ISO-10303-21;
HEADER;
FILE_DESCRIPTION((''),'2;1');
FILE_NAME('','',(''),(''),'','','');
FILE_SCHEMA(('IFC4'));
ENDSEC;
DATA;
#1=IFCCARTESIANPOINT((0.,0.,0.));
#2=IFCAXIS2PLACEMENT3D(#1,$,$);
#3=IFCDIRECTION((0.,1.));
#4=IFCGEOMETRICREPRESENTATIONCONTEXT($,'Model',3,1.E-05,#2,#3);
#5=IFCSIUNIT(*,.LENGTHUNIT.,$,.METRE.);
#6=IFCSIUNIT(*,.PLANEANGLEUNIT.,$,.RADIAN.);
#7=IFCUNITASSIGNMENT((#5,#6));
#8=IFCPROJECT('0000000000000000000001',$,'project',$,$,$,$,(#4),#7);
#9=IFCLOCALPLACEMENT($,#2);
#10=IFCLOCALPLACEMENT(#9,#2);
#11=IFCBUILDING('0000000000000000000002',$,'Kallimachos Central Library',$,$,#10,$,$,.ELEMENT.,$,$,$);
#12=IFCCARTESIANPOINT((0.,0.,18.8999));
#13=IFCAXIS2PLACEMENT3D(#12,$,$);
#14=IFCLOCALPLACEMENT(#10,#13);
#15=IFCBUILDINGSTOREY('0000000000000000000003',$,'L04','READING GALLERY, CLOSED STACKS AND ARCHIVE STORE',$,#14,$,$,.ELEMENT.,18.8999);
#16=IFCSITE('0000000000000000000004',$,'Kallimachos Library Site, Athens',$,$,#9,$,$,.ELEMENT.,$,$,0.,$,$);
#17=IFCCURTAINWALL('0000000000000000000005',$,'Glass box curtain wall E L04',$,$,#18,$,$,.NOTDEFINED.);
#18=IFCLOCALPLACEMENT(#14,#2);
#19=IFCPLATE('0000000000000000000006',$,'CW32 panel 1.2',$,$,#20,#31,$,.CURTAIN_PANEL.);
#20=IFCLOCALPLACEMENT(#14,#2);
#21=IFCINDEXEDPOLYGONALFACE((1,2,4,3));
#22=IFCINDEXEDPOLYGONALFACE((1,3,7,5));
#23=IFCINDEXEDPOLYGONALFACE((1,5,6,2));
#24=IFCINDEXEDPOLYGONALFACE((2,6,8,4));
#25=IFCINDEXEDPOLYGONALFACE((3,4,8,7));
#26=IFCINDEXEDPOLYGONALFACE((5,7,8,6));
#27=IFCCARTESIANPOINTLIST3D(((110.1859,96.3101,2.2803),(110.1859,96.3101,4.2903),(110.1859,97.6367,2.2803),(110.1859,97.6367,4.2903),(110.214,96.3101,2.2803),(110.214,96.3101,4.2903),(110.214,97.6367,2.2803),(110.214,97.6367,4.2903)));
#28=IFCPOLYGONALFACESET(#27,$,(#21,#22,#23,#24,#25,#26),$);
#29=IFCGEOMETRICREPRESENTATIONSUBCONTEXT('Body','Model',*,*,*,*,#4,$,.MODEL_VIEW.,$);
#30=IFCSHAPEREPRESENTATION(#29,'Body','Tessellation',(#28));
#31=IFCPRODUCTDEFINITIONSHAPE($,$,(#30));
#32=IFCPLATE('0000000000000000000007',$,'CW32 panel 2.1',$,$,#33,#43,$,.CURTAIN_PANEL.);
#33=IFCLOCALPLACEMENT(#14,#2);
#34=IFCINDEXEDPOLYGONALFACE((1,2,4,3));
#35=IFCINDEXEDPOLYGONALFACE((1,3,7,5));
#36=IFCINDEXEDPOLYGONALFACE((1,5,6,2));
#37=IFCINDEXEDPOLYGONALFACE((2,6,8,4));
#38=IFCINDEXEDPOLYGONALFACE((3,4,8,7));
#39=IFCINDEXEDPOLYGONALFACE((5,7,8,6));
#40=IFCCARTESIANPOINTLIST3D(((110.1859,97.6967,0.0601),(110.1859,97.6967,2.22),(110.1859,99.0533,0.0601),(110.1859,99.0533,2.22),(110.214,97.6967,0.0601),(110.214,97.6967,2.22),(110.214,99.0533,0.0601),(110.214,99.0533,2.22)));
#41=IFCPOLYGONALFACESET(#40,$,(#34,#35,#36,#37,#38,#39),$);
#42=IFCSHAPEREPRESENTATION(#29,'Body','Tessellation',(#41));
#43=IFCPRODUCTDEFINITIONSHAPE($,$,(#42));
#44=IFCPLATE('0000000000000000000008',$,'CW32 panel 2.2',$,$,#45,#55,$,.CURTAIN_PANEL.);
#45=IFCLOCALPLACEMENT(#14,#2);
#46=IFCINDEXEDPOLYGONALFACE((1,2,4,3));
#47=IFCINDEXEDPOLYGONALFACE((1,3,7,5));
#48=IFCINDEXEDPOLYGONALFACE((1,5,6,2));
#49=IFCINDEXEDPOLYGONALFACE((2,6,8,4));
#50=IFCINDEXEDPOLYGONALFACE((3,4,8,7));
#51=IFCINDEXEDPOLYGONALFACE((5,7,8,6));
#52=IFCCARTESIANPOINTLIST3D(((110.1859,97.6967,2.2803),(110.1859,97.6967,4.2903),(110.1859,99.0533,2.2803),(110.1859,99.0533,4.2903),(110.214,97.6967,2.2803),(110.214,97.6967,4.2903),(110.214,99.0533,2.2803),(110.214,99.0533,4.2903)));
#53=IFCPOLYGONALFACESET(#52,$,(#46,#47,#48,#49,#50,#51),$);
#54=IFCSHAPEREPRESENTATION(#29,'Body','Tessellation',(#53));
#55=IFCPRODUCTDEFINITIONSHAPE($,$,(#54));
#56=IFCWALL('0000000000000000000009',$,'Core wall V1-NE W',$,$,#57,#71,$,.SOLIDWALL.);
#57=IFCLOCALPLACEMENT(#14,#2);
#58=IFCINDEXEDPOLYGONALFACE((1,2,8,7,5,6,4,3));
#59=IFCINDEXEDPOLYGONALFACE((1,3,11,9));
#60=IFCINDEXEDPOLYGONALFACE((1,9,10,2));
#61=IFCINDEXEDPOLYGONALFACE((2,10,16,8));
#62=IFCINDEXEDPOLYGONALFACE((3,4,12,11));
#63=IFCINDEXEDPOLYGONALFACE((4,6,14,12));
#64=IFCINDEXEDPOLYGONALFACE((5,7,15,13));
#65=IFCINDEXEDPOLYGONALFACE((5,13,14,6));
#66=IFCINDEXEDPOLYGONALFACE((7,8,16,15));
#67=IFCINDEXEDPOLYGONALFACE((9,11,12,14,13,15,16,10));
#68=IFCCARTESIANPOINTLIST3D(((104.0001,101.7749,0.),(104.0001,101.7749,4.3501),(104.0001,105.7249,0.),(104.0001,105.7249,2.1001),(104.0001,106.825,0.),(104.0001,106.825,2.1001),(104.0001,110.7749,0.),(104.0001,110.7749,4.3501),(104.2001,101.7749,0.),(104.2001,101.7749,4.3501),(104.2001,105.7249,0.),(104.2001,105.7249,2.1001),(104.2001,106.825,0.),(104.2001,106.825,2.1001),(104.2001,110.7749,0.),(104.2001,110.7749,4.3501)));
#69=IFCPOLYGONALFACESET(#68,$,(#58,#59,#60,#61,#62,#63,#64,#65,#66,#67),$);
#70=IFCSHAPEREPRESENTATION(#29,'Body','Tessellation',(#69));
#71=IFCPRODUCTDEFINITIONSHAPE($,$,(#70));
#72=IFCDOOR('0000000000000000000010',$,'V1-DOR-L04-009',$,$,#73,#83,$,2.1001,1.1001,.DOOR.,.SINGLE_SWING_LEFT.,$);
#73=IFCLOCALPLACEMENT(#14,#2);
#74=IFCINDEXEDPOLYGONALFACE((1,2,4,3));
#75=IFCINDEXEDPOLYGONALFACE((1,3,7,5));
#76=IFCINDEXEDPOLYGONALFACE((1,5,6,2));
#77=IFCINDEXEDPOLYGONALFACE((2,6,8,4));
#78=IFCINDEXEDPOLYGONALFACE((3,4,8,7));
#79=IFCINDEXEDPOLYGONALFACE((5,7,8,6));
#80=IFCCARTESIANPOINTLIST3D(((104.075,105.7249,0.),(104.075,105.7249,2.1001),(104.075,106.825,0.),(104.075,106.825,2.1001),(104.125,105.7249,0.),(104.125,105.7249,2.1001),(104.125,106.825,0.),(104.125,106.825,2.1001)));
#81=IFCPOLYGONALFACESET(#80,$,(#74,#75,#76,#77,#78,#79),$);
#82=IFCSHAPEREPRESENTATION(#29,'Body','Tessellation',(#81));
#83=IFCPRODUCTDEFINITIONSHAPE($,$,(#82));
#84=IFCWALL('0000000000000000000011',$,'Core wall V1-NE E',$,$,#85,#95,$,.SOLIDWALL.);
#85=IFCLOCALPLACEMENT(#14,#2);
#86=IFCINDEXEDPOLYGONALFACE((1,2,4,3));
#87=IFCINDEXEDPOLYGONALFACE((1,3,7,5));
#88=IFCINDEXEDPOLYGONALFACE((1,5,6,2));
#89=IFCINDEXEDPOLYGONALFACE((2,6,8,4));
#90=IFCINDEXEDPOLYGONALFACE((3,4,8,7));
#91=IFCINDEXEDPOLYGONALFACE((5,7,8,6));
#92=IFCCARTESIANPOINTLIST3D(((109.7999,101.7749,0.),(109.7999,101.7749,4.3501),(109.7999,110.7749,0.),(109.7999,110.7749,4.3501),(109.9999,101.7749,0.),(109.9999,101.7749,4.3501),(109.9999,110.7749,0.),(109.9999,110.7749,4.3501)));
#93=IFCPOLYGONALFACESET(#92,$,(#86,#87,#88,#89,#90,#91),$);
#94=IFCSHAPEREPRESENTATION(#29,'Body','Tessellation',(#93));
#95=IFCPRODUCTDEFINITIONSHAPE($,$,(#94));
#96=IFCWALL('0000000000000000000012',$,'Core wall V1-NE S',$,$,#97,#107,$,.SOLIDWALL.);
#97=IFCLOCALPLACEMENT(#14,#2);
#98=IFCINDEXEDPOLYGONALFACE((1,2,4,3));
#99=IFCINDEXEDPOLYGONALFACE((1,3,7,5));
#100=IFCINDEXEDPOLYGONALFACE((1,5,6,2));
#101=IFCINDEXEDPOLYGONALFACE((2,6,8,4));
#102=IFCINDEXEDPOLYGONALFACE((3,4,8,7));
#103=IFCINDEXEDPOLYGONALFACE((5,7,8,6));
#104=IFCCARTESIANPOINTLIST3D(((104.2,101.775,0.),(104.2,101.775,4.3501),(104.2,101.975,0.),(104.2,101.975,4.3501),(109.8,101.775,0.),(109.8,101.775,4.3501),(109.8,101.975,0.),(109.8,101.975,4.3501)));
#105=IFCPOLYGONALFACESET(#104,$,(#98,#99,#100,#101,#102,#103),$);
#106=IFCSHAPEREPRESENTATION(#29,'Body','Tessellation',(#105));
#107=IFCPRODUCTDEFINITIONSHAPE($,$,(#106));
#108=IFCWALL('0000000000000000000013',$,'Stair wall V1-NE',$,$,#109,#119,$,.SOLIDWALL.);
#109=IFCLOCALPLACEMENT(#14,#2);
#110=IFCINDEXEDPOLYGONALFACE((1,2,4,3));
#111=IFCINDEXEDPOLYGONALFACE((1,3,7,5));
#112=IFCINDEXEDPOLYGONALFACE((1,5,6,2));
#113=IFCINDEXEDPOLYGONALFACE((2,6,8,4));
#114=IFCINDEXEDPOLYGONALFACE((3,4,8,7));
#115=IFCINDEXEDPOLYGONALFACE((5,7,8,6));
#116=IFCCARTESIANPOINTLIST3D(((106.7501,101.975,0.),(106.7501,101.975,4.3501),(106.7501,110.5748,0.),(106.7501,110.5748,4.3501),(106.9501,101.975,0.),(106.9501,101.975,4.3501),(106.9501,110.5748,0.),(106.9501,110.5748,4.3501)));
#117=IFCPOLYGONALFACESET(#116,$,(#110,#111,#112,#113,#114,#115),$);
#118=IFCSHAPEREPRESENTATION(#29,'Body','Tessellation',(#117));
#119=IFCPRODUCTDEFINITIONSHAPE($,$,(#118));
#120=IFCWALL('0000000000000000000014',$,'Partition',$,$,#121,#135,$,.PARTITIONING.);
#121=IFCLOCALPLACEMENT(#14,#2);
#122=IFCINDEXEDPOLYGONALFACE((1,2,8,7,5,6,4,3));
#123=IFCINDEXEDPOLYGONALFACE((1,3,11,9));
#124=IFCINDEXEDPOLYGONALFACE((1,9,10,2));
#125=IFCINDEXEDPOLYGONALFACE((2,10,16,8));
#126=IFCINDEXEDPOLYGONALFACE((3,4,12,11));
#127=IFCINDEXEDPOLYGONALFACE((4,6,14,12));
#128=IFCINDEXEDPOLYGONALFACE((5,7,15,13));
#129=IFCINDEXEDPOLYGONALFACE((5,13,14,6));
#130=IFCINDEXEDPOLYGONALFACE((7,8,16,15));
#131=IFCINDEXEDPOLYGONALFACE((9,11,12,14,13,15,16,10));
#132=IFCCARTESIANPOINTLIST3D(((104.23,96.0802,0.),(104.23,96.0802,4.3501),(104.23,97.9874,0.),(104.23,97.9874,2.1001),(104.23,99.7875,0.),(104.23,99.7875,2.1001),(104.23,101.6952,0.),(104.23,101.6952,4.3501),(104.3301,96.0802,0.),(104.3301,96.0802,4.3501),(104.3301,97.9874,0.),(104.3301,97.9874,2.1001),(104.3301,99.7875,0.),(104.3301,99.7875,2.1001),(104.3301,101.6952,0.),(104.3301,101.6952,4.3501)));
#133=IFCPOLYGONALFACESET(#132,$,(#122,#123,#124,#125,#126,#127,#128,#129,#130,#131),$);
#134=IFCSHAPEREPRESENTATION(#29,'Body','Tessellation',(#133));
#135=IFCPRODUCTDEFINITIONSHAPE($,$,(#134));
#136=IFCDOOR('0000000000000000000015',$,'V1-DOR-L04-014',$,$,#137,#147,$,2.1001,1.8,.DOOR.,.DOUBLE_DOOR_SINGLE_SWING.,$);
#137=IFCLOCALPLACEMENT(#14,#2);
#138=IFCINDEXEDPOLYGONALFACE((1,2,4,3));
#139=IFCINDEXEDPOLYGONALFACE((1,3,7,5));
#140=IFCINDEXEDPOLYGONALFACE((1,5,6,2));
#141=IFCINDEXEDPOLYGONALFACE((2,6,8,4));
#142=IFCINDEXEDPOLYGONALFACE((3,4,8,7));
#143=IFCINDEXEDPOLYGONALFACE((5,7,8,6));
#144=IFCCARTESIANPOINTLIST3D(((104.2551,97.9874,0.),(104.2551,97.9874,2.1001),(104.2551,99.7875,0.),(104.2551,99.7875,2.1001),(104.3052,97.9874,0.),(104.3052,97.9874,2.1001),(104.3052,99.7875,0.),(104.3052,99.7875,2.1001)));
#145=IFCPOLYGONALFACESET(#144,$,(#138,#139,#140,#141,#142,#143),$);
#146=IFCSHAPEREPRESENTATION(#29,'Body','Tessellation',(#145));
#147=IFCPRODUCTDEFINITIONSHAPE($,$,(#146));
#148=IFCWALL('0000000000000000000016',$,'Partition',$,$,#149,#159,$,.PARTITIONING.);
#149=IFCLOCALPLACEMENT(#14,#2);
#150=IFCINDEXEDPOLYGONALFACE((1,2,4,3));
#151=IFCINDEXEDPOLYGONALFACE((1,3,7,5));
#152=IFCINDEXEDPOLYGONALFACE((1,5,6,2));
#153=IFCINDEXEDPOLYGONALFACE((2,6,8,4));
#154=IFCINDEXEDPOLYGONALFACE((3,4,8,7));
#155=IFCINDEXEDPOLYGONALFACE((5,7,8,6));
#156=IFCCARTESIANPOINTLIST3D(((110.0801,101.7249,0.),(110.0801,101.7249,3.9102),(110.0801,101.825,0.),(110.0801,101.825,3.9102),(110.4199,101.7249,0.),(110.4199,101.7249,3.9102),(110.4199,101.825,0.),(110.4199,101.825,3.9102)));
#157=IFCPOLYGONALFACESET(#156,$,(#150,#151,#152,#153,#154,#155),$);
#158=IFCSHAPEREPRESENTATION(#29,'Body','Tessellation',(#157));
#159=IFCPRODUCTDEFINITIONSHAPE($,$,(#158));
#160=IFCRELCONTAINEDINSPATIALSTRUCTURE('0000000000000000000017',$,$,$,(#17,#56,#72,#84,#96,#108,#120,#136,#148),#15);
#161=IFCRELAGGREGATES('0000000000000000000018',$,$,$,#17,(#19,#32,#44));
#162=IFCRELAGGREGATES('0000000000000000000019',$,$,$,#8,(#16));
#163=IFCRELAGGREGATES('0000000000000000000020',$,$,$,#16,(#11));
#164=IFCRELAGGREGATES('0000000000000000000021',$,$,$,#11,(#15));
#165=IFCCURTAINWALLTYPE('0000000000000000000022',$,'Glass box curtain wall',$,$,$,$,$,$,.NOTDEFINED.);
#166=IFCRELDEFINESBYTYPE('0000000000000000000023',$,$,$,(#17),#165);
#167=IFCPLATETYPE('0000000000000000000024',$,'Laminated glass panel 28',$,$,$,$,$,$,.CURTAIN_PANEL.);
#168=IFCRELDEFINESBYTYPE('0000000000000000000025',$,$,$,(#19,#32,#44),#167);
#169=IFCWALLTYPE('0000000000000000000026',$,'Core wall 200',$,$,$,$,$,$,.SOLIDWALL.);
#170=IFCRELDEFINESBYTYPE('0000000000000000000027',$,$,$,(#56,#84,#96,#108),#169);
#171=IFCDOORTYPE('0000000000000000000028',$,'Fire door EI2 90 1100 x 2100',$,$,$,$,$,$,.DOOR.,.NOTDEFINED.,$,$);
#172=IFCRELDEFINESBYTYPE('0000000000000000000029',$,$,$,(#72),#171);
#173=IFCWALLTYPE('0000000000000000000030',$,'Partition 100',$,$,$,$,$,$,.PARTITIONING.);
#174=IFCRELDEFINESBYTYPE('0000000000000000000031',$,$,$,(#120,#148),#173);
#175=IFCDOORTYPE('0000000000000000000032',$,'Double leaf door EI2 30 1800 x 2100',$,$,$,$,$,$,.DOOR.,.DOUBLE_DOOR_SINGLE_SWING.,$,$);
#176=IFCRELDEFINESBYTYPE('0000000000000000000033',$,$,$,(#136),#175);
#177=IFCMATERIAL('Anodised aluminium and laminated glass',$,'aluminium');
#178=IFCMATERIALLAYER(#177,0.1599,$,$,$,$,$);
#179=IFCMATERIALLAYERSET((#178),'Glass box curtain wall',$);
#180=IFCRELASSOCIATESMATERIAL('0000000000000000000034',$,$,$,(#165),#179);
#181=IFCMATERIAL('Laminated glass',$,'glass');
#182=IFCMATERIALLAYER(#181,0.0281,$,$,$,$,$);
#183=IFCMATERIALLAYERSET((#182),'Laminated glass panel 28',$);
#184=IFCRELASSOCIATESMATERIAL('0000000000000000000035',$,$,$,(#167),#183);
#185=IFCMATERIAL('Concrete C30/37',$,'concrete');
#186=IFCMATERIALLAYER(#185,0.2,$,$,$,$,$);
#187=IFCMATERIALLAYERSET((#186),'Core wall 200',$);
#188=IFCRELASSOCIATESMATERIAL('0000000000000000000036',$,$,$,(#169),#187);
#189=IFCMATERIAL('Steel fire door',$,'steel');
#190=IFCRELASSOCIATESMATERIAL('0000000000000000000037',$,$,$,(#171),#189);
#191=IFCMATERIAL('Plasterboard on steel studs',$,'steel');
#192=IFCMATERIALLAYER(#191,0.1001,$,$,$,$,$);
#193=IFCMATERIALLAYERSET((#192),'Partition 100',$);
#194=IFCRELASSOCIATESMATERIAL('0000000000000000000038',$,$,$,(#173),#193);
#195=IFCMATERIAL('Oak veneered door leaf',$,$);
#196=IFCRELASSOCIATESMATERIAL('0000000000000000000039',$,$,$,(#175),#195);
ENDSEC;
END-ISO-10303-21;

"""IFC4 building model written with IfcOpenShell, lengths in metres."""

from ifc_helpers import new_model, si_unit, direction, frame, frame_2d, origin, origin_2d, place, context, subcontext, project, spatial, rectangle, extrude, material, layer, layer_set, type_object, element, fill, aggregate, save


model = new_model("IFC4")

# Units and contexts
model_context = context("Model", 3, precision=1e-05, world=origin(), true_north=direction((0.0, 1.0)))
body_context = subcontext(model_context, "Body", "Model", "MODEL_VIEW")
ifc_project = project(units=[si_unit("LENGTHUNIT", "METRE"), si_unit("PLANEANGLEUNIT", "RADIAN")], contexts=[model_context])

# Site, building, storey
site_placement = place(None, origin())
site = spatial("IfcSite", under=ifc_project, at=site_placement, Name="Kallimachos Library Site, Athens", CompositionType="ELEMENT", RefElevation=0.0)
building_placement = place(site_placement, origin())
building = spatial("IfcBuilding", under=site, at=building_placement, Name="Kallimachos Central Library", CompositionType="ELEMENT")
storey_placement = place(building_placement, frame((0.0, 0.0, 18.8999)))
storey = spatial("IfcBuildingStorey", under=building, at=storey_placement, Name="L04", Description="READING GALLERY, CLOSED STACKS AND ARCHIVE STORE", CompositionType="ELEMENT", Elevation=18.8999)

# Curtain wall
ifc_material_1 = material(Name="Anodised aluminium and laminated glass", Category="aluminium")
ifc_layer_1 = layer(ifc_material_1, 0.1599)
ifc_layer_set_1 = layer_set([ifc_layer_1], Name="Glass box curtain wall")
curtain_wall_type = type_object("IfcCurtainWallType", Name="Glass box curtain wall", PredefinedType="NOTDEFINED", material=ifc_layer_set_1)
curtain_wall_placement = place(storey_placement, origin())
curtain_wall = element("IfcCurtainWall", 1, at=curtain_wall_placement, inside=storey, type_object=curtain_wall_type, Name="Glass box curtain wall E L04", PredefinedType="NOTDEFINED")

# Plates
ifc_material_2 = material(Name="Laminated glass", Category="glass")
ifc_layer_2 = layer(ifc_material_2, 0.0281)
ifc_layer_set_2 = layer_set([ifc_layer_2], Name="Laminated glass panel 28")
plate_type = type_object("IfcPlateType", Name="Laminated glass panel 28", PredefinedType="CURTAIN_PANEL", material=ifc_layer_set_2)
plate_1_placement = place(storey_placement, frame((110.2, 96.9734, 2.2803), z_axis=(0.0, 0.0, 1.0), x_axis=(0.0, 1.0, 0.0)))
plate_1 = element("IfcPlate", 2, at=plate_1_placement, type_object=plate_type, Name="CW32 panel 1.2", PredefinedType="CURTAIN_PANEL", context=body_context, shape_type="SweptSolid", body=[
    extrude(rectangle(XDim=1.3267, YDim=0.0281, at=origin_2d()), origin(), (0.0, 0.0, 1.0), 2.01),
])
plate_2_placement = place(storey_placement, frame((110.2, 98.375, 0.0601), z_axis=(0.0, 0.0, 1.0), x_axis=(0.0, 1.0, 0.0)))
plate_2 = element("IfcPlate", 3, at=plate_2_placement, type_object=plate_type, Name="CW32 panel 2.1", PredefinedType="CURTAIN_PANEL", context=body_context, shape_type="SweptSolid", body=[
    extrude(rectangle(XDim=1.3567, YDim=0.0281, at=origin_2d()), origin(), (0.0, 0.0, 1.0), 2.1599),
])
plate_3_placement = place(storey_placement, frame((110.2, 98.375, 2.2803), z_axis=(0.0, 0.0, 1.0), x_axis=(0.0, 1.0, 0.0)))
plate_3 = element("IfcPlate", 4, at=plate_3_placement, type_object=plate_type, Name="CW32 panel 2.2", PredefinedType="CURTAIN_PANEL", context=body_context, shape_type="SweptSolid", body=[
    extrude(rectangle(XDim=1.3567, YDim=0.0281, at=origin_2d()), origin(), (0.0, 0.0, 1.0), 2.01),
])
aggregate(curtain_wall, [plate_1, plate_2, plate_3])

# Wall, opening, door
ifc_material_3 = material(Name="Concrete C30/37", Category="concrete")
ifc_layer_3 = layer(ifc_material_3, 0.2)
ifc_layer_set_3 = layer_set([ifc_layer_3], Name="Core wall 200")
wall_type_1 = type_object("IfcWallType", Name="Core wall 200", PredefinedType="SOLIDWALL", material=ifc_layer_set_3)
wall_1_placement = place(storey_placement, frame((104.1001, 101.7749, 0.0), z_axis=(0.0, 0.0, 1.0), x_axis=(0.0, 1.0, 0.0)))
wall_1 = element("IfcWall", 5, at=wall_1_placement, inside=storey, type_object=wall_type_1, Name="Core wall V1-NE W", PredefinedType="SOLIDWALL", context=body_context, shape_type="SweptSolid", body=[
    extrude(rectangle(XDim=9.0, YDim=0.2, at=frame_2d((4.5, 0.0))), origin(), (0.0, 0.0, 1.0), 4.3501),
])
opening_1_placement = place(wall_1_placement, frame((3.95, 0.0, 0.0)))
opening_1 = element("IfcOpeningElement", 6, at=opening_1_placement, cuts=wall_1, PredefinedType="OPENING", context=body_context, shape_type="SweptSolid", body=[
    extrude(rectangle(XDim=1.1001, YDim=2.1001, at=frame_2d((0.55, 1.05))), frame((0.0, 0.1099, 0.0), z_axis=(0.0, -1.0, 0.0), x_axis=(1.0, 0.0, 0.0)), (0.0, 0.0, 1.0), 0.22),
])
ifc_material_4 = material(Name="Steel fire door", Category="steel")
door_type_1 = type_object("IfcDoorType", Name="Fire door EI2 90 1100 x 2100", OperationType="NOTDEFINED", PredefinedType="DOOR", material=ifc_material_4)
door_1_placement = place(opening_1_placement, frame((1.1001, 0.0, 0.0), z_axis=(0.0, 0.0, 1.0), x_axis=(-1.0, 0.0, 0.0)))
door_1 = element("IfcDoor", 7, at=door_1_placement, inside=storey, type_object=door_type_1, Name="V1-DOR-L04-009", OperationType="SINGLE_SWING_LEFT", OverallHeight=2.1001, OverallWidth=1.1001, PredefinedType="DOOR", context=body_context, shape_type="SweptSolid", body=[
    extrude(rectangle(XDim=1.1001, YDim=2.1001, at=frame_2d((0.55, 1.05))), frame((0.0, 0.0249, 0.0), z_axis=(0.0, -1.0, 0.0), x_axis=(1.0, 0.0, 0.0)), (0.0, 0.0, 1.0), 0.05),
])
fill(opening_1, door_1)

# Walls
wall_2_placement = place(storey_placement, frame((109.8999, 101.7749, 0.0), z_axis=(0.0, 0.0, 1.0), x_axis=(0.0, 1.0, 0.0)))
element("IfcWall", 8, at=wall_2_placement, inside=storey, type_object=wall_type_1, Name="Core wall V1-NE E", PredefinedType="SOLIDWALL", context=body_context, shape_type="SweptSolid", body=[
    extrude(rectangle(XDim=9.0, YDim=0.2, at=frame_2d((4.5, 0.0))), origin(), (0.0, 0.0, 1.0), 4.3501),
])
wall_3_placement = place(storey_placement, frame((104.2, 101.875, 0.0), z_axis=(0.0, 0.0, 1.0), x_axis=(1.0, 0.0, 0.0)))
element("IfcWall", 9, at=wall_3_placement, inside=storey, type_object=wall_type_1, Name="Core wall V1-NE S", PredefinedType="SOLIDWALL", context=body_context, shape_type="SweptSolid", body=[
    extrude(rectangle(XDim=5.6001, YDim=0.2, at=frame_2d((2.8, 0.0))), origin(), (0.0, 0.0, 1.0), 4.3501),
])
wall_4_placement = place(storey_placement, frame((106.8501, 101.9751, 0.0), z_axis=(0.0, 0.0, 1.0), x_axis=(0.0, 1.0, 0.0)))
element("IfcWall", 10, at=wall_4_placement, inside=storey, type_object=wall_type_1, Name="Stair wall V1-NE", PredefinedType="SOLIDWALL", context=body_context, shape_type="SweptSolid", body=[
    extrude(rectangle(XDim=8.5999, YDim=0.2, at=frame_2d((4.2998, 0.0))), origin(), (0.0, 0.0, 1.0), 4.3501),
])

# Wall, opening, door
ifc_material_5 = material(Name="Plasterboard on steel studs", Category="steel")
ifc_layer_4 = layer(ifc_material_5, 0.1001)
ifc_layer_set_4 = layer_set([ifc_layer_4], Name="Partition 100")
wall_type_2 = type_object("IfcWallType", Name="Partition 100", PredefinedType="PARTITIONING", material=ifc_layer_set_4)
wall_5_placement = place(storey_placement, frame((104.28, 96.0801, 0.0), z_axis=(0.0, 0.0, 1.0), x_axis=(0.0, 1.0, 0.0)))
wall_5 = element("IfcWall", 11, at=wall_5_placement, inside=storey, type_object=wall_type_2, Name="Partition", PredefinedType="PARTITIONING", context=body_context, shape_type="SweptSolid", body=[
    extrude(rectangle(XDim=5.615, YDim=0.1001, at=frame_2d((2.8076, 0.0))), origin(), (0.0, 0.0, 1.0), 4.3501),
])
opening_2_placement = place(wall_5_placement, frame((1.9075, 0.0, 0.0)))
opening_2 = element("IfcOpeningElement", 12, at=opening_2_placement, cuts=wall_5, PredefinedType="OPENING", context=body_context, shape_type="SweptSolid", body=[
    extrude(rectangle(XDim=1.8, YDim=2.1001, at=frame_2d((0.8999, 1.05))), frame((0.0, 0.0601, 0.0), z_axis=(0.0, -1.0, 0.0), x_axis=(1.0, 0.0, 0.0)), (0.0, 0.0, 1.0), 0.1201),
])
ifc_material_6 = material(Name="Oak veneered door leaf")
door_type_2 = type_object("IfcDoorType", Name="Double leaf door EI2 30 1800 x 2100", OperationType="DOUBLE_DOOR_SINGLE_SWING", PredefinedType="DOOR", material=ifc_material_6)
door_2_placement = place(opening_2_placement, origin())
door_2 = element("IfcDoor", 13, at=door_2_placement, inside=storey, type_object=door_type_2, Name="V1-DOR-L04-014", OperationType="DOUBLE_DOOR_SINGLE_SWING", OverallHeight=2.1001, OverallWidth=1.8, PredefinedType="DOOR", context=body_context, shape_type="SweptSolid", body=[
    extrude(rectangle(XDim=1.8, YDim=2.1001, at=frame_2d((0.8999, 1.05))), frame((0.0, 0.0249, 0.0), z_axis=(0.0, -1.0, 0.0), x_axis=(1.0, 0.0, 0.0)), (0.0, 0.0, 1.0), 0.05),
])
fill(opening_2, door_2)

# Wall
wall_6_placement = place(storey_placement, frame((110.0801, 101.7749, 0.0), z_axis=(0.0, 0.0, 1.0), x_axis=(1.0, 0.0, 0.0)))
element("IfcWall", 14, at=wall_6_placement, inside=storey, type_object=wall_type_2, Name="Partition", PredefinedType="PARTITIONING", context=body_context, shape_type="SweptSolid", body=[
    extrude(rectangle(XDim=0.3398, YDim=0.1001, at=frame_2d((0.1699, 0.0))), origin(), (0.0, 0.0, 1.0), 3.9102),
])

save(model, "model.ifc")
